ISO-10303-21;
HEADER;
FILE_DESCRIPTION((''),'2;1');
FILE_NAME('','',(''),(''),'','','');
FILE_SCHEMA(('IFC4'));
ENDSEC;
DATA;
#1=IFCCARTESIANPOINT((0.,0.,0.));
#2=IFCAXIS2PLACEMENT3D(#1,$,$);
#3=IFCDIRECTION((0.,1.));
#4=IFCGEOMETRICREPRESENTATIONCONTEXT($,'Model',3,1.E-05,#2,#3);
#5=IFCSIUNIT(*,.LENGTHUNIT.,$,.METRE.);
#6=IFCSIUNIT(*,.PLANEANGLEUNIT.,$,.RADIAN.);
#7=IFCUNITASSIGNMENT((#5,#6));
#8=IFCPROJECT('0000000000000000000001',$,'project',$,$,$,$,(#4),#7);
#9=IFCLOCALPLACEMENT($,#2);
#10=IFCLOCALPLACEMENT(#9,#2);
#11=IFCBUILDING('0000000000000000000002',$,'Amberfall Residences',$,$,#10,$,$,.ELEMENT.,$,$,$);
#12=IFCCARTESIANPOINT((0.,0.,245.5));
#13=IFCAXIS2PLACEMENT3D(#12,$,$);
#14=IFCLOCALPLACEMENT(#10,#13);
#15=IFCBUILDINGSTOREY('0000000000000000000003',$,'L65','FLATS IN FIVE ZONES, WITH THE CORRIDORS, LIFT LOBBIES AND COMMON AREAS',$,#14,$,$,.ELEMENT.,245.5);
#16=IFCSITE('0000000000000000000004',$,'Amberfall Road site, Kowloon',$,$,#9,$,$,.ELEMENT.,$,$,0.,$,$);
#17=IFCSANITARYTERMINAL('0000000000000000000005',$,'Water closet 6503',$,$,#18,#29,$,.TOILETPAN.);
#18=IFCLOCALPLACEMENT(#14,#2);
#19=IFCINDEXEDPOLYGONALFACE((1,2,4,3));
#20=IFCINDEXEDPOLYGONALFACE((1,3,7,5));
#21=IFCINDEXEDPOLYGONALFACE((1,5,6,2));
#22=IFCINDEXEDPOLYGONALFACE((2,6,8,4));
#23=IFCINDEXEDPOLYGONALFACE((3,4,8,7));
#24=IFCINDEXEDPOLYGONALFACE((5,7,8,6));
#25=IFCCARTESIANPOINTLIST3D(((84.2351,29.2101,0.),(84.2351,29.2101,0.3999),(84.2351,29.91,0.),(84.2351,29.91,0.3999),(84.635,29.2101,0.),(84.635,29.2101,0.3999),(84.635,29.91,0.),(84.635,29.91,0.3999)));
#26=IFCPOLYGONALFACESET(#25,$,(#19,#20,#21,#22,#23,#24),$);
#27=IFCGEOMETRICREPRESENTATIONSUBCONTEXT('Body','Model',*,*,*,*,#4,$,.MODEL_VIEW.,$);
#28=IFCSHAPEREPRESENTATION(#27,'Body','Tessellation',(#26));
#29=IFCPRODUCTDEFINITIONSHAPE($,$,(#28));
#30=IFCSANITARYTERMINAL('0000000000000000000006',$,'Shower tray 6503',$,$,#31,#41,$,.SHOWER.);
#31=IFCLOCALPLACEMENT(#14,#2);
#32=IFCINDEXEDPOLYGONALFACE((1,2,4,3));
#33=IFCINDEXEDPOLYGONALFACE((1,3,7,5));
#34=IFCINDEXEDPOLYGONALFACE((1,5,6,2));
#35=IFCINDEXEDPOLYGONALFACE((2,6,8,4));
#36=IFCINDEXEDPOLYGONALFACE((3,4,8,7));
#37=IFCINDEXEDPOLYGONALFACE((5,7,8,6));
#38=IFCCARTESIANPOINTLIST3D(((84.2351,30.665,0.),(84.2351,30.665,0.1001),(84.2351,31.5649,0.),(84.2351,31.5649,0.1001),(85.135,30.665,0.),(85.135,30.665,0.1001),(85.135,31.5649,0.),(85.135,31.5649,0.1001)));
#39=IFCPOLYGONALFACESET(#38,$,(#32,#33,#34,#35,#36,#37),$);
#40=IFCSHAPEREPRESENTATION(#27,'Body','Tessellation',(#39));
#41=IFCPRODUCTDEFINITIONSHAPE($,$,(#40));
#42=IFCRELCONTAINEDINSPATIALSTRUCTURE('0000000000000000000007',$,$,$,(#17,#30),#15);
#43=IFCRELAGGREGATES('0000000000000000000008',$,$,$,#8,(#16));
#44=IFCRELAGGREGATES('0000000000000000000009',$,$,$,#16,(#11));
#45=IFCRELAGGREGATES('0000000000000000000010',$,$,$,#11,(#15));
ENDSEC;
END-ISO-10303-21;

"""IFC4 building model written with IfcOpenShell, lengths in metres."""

from ifc_helpers import new_model, si_unit, direction, frame, origin, origin_2d, place, context, subcontext, project, spatial, rectangle, extrude, element, save


model = new_model("IFC4")

# Units and contexts
model_context = context("Model", 3, precision=1e-05, world=origin(), true_north=direction((0.0, 1.0)))
body_context = subcontext(model_context, "Body", "Model", "MODEL_VIEW")
ifc_project = project(units=[si_unit("LENGTHUNIT", "METRE"), si_unit("PLANEANGLEUNIT", "RADIAN")], contexts=[model_context])

# Site, building, storey
site_placement = place(None, origin())
site = spatial("IfcSite", under=ifc_project, at=site_placement, Name="Amberfall Road site, Kowloon", CompositionType="ELEMENT", RefElevation=0.0)
building_placement = place(site_placement, origin())
building = spatial("IfcBuilding", under=site, at=building_placement, Name="Amberfall Residences", CompositionType="ELEMENT")
storey_placement = place(building_placement, frame((0.0, 0.0, 245.5)))
storey = spatial("IfcBuildingStorey", under=building, at=storey_placement, Name="L65", Description="FLATS IN FIVE ZONES, WITH THE CORRIDORS, LIFT LOBBIES AND COMMON AREAS", CompositionType="ELEMENT", Elevation=245.5)

# Sanitary terminals
sanitary_terminal_1_placement = place(storey_placement, frame((84.4351, 29.5601, 0.0), z_axis=(0.0, 0.0, 1.0), x_axis=(1.0, 0.0, 0.0)))
element("IfcSanitaryTerminal", 1, at=sanitary_terminal_1_placement, inside=storey, Name="Water closet 6503", PredefinedType="TOILETPAN", context=body_context, shape_type="SweptSolid", body=[
    extrude(rectangle(XDim=0.3999, YDim=0.7, at=origin_2d()), origin(), (0.0, 0.0, 1.0), 0.3999),
])
sanitary_terminal_2_placement = place(storey_placement, frame((84.6851, 31.115, 0.0), z_axis=(0.0, 0.0, 1.0), x_axis=(1.0, 0.0, 0.0)))
element("IfcSanitaryTerminal", 2, at=sanitary_terminal_2_placement, inside=storey, Name="Shower tray 6503", PredefinedType="SHOWER", context=body_context, shape_type="SweptSolid", body=[
    extrude(rectangle(XDim=0.8999, YDim=0.8999, at=origin_2d()), origin(), (0.0, 0.0, 1.0), 0.1001),
])

save(model, "model.ifc")
